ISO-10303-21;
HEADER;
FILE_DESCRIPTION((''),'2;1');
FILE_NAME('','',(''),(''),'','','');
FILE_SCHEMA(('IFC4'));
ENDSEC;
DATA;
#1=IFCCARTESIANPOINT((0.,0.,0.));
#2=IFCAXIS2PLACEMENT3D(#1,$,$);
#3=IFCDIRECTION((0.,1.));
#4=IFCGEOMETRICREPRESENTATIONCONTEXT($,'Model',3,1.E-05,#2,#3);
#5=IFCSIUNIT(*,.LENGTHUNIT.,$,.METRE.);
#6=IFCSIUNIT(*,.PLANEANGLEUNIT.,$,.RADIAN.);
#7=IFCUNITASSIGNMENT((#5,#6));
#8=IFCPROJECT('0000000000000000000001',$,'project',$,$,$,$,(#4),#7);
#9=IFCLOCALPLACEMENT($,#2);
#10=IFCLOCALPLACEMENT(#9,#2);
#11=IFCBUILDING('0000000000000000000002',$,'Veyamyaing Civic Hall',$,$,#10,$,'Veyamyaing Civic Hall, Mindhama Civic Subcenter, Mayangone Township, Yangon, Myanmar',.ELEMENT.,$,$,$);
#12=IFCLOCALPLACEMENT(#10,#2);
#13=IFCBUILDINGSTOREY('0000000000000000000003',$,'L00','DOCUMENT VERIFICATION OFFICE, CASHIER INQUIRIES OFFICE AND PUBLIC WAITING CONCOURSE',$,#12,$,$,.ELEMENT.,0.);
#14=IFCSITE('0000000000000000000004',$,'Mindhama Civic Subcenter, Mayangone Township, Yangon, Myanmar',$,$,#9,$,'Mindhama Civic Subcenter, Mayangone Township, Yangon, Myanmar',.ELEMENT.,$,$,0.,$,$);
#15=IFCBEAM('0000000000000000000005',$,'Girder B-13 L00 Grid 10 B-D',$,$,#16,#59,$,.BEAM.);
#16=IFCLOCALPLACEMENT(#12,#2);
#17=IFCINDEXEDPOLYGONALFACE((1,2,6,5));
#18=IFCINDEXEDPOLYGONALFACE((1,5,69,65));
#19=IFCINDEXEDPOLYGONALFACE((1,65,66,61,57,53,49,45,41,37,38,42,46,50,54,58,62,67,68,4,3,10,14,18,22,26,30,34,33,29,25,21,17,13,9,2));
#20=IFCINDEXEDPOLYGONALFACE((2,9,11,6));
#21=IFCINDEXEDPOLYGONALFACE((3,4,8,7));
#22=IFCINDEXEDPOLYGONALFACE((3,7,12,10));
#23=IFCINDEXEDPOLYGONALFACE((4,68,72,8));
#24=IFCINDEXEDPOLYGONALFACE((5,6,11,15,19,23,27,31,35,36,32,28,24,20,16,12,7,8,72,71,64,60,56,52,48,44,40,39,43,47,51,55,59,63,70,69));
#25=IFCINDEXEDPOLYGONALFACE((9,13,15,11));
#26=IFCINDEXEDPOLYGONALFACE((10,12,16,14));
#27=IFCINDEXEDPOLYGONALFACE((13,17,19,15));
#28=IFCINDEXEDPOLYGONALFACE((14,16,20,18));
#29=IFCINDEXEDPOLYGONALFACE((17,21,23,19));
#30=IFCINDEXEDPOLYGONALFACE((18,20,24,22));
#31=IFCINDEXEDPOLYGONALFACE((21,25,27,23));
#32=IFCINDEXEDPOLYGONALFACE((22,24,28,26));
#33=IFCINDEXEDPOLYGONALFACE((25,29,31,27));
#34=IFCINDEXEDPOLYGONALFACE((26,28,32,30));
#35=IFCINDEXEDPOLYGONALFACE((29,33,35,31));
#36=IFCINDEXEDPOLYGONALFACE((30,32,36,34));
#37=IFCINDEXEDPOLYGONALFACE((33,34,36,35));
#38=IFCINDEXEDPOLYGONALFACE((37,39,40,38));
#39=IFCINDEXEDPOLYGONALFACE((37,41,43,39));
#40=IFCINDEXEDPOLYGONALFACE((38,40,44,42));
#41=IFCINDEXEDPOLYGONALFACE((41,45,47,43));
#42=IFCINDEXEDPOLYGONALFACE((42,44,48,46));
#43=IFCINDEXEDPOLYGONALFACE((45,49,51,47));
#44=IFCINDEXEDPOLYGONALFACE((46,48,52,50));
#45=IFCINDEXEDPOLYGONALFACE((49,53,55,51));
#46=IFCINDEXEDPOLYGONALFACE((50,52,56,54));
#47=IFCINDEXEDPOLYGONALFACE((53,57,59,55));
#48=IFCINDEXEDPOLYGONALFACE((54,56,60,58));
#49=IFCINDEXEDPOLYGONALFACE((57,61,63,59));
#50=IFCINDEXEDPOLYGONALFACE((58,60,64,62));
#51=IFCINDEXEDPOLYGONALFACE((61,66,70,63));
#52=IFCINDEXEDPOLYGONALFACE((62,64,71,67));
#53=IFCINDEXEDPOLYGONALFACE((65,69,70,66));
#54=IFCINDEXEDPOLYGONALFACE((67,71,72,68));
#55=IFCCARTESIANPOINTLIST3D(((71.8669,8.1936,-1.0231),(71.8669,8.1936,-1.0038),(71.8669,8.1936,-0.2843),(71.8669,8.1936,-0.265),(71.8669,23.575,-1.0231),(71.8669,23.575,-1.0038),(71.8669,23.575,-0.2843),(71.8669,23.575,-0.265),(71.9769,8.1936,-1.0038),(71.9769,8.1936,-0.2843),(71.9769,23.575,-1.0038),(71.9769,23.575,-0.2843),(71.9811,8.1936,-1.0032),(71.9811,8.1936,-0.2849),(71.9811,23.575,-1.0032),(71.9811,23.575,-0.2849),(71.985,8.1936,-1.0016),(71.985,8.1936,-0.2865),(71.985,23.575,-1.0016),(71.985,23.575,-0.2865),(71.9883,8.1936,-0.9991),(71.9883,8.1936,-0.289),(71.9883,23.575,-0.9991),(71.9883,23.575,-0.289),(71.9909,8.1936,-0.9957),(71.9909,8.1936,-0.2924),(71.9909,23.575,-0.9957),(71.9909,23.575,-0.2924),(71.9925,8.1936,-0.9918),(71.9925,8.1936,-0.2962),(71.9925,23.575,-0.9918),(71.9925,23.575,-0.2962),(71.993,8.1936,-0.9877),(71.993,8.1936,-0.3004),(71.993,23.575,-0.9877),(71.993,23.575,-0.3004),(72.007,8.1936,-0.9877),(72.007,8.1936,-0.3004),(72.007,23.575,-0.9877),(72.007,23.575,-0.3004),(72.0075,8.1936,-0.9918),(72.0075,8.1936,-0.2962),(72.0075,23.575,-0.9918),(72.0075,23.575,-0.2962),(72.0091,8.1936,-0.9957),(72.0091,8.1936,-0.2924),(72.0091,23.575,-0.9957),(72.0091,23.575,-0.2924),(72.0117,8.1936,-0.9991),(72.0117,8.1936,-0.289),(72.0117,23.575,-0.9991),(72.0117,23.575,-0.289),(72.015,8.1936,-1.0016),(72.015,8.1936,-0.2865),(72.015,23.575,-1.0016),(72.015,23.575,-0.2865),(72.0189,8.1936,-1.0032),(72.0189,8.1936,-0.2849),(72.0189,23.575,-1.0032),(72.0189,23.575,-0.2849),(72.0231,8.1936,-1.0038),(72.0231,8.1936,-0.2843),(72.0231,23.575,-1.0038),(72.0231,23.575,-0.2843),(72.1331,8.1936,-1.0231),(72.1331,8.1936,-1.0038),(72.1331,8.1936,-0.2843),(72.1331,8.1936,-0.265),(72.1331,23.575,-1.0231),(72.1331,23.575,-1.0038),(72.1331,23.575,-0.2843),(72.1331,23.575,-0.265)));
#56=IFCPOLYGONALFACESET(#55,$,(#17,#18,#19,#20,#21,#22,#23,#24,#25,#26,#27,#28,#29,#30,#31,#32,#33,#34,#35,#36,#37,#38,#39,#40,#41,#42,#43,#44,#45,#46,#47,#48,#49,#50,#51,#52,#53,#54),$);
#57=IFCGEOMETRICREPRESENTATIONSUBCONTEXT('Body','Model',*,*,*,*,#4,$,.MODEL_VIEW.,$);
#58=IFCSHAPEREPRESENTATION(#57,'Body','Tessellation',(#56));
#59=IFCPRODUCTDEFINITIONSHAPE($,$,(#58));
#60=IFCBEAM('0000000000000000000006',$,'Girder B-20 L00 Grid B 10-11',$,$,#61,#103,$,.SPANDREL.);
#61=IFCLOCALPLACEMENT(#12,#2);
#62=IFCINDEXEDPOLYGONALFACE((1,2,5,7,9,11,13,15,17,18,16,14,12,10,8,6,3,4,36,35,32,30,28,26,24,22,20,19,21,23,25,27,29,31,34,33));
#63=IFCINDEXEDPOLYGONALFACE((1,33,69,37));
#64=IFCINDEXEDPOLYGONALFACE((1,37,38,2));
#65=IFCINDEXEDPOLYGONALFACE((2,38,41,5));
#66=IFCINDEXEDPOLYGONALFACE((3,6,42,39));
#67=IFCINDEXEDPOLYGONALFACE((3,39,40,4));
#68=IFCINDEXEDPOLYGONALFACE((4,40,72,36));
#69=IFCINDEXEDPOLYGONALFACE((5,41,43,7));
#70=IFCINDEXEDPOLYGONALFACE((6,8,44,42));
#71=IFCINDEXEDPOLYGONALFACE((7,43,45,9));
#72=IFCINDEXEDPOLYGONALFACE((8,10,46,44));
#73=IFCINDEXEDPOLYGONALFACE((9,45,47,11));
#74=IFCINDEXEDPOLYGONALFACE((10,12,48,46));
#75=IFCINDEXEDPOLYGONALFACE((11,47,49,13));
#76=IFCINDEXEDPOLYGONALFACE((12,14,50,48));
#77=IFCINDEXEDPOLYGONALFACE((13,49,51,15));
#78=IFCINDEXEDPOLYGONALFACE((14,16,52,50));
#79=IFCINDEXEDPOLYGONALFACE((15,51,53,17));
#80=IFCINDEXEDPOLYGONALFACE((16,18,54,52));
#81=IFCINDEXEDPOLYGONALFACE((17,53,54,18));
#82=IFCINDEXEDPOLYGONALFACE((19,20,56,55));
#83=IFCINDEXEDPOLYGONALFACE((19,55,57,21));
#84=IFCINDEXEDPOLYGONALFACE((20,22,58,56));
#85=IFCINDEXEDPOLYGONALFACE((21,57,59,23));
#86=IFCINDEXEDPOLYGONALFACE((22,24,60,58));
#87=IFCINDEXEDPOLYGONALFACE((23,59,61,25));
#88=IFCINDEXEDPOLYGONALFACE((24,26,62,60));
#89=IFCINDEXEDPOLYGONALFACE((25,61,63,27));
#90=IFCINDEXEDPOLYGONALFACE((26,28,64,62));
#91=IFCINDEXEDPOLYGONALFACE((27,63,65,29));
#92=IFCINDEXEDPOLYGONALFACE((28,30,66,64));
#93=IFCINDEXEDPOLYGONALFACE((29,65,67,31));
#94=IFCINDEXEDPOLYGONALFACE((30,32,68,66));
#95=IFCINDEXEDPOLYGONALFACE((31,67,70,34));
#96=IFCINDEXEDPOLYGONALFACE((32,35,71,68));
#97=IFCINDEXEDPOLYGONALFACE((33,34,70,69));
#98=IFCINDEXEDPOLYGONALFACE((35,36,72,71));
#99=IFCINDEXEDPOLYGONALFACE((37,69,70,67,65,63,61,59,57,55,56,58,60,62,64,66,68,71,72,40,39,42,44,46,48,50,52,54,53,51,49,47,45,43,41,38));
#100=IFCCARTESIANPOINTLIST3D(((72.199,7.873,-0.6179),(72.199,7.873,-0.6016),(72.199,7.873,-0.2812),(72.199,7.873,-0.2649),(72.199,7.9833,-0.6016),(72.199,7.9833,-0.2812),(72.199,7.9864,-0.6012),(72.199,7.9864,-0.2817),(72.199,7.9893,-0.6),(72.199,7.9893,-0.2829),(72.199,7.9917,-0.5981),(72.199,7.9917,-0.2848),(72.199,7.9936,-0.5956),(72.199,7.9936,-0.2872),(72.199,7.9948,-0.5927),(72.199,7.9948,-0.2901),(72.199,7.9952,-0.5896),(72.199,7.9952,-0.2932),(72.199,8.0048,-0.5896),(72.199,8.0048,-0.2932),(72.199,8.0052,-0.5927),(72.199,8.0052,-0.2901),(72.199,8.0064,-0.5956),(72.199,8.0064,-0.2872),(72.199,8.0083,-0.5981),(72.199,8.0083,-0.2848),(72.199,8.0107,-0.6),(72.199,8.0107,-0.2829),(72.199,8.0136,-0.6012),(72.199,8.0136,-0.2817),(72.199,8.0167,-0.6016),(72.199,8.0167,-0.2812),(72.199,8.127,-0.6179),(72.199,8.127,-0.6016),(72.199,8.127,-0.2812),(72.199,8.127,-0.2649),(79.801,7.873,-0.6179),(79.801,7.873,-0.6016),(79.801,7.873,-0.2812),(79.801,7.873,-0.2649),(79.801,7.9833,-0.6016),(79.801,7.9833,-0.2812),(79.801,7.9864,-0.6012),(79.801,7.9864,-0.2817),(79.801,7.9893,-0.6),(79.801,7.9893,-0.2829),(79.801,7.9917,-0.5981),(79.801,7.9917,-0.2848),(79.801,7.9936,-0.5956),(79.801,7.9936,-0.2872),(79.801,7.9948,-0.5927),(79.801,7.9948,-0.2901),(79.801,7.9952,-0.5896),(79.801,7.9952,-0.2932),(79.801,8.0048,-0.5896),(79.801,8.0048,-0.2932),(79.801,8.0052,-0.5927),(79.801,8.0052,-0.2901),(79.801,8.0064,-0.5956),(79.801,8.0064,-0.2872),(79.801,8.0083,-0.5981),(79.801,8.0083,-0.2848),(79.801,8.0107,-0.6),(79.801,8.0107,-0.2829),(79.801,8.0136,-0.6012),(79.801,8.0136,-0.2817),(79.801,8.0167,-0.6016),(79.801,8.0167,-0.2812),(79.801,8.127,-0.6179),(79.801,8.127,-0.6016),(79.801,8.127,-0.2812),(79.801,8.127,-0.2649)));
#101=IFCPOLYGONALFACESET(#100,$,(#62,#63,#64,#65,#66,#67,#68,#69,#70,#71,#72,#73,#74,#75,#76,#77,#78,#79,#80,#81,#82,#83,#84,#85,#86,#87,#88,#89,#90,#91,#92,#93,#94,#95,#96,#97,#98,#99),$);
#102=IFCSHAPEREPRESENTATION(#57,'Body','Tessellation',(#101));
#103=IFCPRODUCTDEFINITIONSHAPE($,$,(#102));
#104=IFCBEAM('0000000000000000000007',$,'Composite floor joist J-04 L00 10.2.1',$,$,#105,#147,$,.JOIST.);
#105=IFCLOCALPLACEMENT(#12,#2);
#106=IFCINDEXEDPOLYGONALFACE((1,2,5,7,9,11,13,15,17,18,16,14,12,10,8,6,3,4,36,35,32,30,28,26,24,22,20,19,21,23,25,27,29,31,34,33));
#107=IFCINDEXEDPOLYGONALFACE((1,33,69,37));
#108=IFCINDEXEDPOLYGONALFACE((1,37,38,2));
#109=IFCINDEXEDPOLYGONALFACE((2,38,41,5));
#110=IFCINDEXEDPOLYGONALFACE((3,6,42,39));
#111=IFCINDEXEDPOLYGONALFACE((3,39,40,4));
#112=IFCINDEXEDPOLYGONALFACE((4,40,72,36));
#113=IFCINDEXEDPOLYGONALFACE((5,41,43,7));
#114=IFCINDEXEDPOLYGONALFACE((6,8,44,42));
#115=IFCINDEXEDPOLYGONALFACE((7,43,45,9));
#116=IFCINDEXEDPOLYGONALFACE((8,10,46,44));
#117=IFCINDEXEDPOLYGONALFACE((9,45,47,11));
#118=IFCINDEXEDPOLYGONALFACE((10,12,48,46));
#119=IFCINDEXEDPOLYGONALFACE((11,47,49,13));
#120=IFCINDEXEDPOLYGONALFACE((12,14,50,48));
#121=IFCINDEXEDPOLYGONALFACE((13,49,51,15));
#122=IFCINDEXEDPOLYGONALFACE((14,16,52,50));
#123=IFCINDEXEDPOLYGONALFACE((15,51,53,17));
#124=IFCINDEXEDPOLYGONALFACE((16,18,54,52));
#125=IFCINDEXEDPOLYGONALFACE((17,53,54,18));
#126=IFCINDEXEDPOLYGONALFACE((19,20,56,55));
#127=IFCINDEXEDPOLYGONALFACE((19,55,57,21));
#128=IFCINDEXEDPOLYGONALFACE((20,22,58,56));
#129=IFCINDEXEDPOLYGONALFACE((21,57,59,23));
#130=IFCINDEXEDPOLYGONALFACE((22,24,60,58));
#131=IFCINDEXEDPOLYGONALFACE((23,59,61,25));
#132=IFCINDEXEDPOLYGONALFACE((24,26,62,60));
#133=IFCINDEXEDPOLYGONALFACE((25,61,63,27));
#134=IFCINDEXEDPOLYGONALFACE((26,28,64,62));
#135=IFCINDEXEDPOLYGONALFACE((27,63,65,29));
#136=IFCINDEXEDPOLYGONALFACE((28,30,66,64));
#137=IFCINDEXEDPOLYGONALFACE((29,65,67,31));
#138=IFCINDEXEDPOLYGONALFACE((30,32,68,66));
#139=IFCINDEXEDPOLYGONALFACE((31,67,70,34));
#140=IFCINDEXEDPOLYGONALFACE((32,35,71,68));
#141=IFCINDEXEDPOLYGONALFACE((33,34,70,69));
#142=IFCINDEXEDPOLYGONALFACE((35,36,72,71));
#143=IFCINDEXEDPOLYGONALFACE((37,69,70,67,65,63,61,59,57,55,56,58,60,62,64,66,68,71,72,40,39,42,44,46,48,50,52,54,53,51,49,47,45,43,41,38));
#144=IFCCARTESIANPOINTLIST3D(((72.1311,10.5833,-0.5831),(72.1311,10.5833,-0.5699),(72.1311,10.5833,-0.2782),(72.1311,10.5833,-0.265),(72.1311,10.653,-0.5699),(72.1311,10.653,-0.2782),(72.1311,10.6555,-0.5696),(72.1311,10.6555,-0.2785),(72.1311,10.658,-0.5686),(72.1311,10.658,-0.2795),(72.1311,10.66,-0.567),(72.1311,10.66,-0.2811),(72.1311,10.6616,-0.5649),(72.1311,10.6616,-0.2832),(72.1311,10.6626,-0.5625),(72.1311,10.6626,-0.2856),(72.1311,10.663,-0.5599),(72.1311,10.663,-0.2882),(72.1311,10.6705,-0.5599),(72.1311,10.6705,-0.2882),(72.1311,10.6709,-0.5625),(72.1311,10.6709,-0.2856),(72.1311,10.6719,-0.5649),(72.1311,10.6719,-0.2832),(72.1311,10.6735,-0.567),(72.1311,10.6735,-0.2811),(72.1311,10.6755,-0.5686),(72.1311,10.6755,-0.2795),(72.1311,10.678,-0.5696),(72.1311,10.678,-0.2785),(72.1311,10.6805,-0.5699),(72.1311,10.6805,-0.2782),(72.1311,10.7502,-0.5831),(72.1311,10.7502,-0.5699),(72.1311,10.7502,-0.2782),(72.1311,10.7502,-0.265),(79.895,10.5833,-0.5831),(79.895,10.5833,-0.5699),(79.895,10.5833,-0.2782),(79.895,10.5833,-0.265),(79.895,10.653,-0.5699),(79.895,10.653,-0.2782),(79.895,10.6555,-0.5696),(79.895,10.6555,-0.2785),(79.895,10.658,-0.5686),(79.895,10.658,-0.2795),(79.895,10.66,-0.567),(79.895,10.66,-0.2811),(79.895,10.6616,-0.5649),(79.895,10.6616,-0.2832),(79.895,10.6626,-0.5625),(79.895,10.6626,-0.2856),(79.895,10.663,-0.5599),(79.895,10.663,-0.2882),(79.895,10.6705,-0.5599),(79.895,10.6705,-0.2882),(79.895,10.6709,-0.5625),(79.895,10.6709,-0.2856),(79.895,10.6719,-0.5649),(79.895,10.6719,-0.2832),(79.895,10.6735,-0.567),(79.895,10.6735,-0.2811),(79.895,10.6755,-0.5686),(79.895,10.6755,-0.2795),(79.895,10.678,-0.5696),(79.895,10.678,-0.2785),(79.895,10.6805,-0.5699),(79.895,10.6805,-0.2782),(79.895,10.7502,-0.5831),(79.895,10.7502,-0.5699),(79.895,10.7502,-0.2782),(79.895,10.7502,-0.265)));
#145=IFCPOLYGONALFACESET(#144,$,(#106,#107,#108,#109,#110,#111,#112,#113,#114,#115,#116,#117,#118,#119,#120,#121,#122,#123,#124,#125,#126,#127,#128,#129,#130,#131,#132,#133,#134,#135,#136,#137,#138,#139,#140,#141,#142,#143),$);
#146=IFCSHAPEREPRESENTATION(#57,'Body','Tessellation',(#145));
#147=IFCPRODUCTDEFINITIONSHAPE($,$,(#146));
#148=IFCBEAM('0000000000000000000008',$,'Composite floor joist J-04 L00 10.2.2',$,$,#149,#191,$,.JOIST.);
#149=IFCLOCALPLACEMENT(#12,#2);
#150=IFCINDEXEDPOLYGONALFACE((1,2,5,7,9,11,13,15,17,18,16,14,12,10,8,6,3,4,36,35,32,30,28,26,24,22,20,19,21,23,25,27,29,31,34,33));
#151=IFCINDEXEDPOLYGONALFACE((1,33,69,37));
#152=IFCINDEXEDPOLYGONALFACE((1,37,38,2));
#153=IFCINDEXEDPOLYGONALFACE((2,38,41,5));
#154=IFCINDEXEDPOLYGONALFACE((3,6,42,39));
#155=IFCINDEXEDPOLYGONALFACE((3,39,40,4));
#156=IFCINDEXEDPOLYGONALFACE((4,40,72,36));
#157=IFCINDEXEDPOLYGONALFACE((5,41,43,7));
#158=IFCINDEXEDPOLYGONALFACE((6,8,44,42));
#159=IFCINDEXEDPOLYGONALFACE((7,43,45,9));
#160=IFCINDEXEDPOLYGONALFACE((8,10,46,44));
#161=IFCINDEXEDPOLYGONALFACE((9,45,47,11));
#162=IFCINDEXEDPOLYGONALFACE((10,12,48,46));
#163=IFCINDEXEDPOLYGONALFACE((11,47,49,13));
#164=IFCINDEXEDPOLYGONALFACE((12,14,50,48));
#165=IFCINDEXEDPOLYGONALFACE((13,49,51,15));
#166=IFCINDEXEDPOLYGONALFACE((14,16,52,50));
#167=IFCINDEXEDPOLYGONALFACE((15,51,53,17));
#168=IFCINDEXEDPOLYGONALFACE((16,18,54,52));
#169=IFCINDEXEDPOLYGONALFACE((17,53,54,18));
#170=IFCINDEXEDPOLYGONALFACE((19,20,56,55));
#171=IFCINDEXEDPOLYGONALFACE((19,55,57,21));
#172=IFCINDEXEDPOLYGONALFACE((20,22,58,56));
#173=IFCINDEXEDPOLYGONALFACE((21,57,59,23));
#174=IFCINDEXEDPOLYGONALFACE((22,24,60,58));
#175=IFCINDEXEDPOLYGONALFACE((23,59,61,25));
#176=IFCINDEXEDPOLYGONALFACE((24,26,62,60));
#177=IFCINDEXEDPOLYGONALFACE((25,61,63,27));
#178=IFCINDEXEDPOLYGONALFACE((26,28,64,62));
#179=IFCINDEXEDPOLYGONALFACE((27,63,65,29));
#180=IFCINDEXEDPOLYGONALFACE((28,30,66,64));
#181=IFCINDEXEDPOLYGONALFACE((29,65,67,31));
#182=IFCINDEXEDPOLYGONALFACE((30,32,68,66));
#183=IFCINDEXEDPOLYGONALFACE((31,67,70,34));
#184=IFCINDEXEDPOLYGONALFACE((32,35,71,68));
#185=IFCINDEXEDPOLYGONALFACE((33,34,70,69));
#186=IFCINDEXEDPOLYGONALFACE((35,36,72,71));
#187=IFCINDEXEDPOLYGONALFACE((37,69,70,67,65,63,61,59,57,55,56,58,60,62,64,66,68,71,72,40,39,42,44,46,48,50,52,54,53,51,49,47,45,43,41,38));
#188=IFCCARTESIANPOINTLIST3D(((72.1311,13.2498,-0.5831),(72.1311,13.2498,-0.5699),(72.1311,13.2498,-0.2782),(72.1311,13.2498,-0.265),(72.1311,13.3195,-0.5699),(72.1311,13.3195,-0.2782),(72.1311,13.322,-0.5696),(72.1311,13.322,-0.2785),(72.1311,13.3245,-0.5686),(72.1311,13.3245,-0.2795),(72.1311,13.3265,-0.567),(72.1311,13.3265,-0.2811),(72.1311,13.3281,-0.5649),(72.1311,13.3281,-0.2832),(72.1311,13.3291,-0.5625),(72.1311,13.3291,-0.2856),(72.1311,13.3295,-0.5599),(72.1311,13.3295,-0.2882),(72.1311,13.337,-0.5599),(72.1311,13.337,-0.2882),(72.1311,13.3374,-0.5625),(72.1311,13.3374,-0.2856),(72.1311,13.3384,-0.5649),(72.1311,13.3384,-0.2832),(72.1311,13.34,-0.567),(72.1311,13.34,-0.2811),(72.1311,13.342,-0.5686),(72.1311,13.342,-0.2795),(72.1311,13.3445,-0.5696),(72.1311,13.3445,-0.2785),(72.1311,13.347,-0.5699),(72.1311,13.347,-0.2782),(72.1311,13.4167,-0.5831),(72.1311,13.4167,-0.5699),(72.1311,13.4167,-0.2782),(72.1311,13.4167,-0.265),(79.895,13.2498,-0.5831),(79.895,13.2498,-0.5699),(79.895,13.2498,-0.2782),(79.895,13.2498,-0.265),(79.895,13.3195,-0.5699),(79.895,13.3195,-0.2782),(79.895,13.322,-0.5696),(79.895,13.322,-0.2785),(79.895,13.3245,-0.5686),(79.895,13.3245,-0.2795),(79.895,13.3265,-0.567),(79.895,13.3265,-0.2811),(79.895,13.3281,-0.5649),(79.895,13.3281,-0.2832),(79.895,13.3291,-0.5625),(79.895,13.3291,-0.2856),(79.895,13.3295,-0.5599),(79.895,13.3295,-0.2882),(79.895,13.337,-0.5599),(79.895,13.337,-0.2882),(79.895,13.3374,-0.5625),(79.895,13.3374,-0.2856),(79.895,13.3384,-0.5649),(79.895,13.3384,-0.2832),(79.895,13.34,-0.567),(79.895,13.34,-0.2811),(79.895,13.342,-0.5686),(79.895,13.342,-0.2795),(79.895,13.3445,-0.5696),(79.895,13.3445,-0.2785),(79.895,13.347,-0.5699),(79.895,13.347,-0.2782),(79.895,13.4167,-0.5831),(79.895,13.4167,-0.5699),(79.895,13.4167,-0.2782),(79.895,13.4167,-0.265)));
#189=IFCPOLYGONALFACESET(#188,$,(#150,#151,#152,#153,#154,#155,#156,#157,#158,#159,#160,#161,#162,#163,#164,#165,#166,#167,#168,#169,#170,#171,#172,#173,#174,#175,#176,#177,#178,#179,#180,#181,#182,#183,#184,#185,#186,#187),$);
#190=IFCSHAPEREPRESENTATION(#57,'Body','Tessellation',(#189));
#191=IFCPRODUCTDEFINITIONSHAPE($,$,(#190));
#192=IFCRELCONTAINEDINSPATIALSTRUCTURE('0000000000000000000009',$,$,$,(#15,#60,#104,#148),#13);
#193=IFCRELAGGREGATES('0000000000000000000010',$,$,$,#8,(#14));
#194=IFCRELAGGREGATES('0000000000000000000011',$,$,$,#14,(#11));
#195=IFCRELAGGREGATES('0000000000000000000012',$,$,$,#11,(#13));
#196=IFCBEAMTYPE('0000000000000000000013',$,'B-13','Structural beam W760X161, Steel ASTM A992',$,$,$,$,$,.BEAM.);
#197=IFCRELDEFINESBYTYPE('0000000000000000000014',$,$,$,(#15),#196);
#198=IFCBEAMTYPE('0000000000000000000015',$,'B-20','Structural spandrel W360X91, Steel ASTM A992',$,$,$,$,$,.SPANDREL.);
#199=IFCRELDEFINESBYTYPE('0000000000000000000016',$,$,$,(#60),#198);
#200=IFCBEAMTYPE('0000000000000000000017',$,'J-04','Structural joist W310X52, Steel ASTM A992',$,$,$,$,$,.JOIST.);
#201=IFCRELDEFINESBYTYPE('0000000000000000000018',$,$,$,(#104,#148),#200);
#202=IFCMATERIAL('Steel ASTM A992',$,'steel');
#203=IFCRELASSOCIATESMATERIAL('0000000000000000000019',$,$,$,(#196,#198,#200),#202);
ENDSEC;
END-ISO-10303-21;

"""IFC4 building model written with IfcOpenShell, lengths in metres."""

from ifc_helpers import new_model, si_unit, direction, frame, origin, origin_2d, place, context, subcontext, project, spatial, i_section, extrude, material, material_profile, profile_set, type_object, element, save


model = new_model("IFC4")

# Units and contexts
model_context = context("Model", 3, precision=1e-05, world=origin(), true_north=direction((0.0, 1.0)))
body_context = subcontext(model_context, "Body", "Model", "MODEL_VIEW")
ifc_project = project(units=[si_unit("LENGTHUNIT", "METRE"), si_unit("PLANEANGLEUNIT", "RADIAN")], contexts=[model_context])

# Site, building, storey
site_placement = place(None, origin())
site = spatial("IfcSite", under=ifc_project, at=site_placement, Name="Mindhama Civic Subcenter, Mayangone Township, Yangon, Myanmar", LongName="Mindhama Civic Subcenter, Mayangone Township, Yangon, Myanmar", CompositionType="ELEMENT", RefElevation=0.0)
building_placement = place(site_placement, origin())
building = spatial("IfcBuilding", under=site, at=building_placement, Name="Veyamyaing Civic Hall", LongName="Veyamyaing Civic Hall, Mindhama Civic Subcenter, Mayangone Township, Yangon, Myanmar", CompositionType="ELEMENT")
storey_placement = place(building_placement, origin())
storey = spatial("IfcBuildingStorey", under=building, at=storey_placement, Name="L00", Description="DOCUMENT VERIFICATION OFFICE, CASHIER INQUIRIES OFFICE AND PUBLIC WAITING CONCOURSE", CompositionType="ELEMENT", Elevation=0.0)

# Beams
ifc_material_1 = material(Name="Steel ASTM A992", Category="steel")
ifc_material_profile_1 = material_profile(ifc_material_1, i_section(OverallWidth=0.2661, OverallDepth=0.7581, WebThickness=0.0139, FlangeThickness=0.0193, FilletRadius=0.0161, at=origin_2d()), Name="W760X161")
ifc_profile_set_1 = profile_set([ifc_material_profile_1], Name="Steel ASTM A992")
beam_type_1 = type_object("IfcBeamType", Name="B-13", Description="Structural beam W760X161, Steel ASTM A992", PredefinedType="BEAM", material=ifc_profile_set_1)
beam_1_placement = place(storey_placement, frame((72.0, 8.1936, -0.644), z_axis=(0.0, 1.0, 0.0), x_axis=(-1.0, 0.0, 0.0)))
element("IfcBeam", 1, at=beam_1_placement, inside=storey, type_object=beam_type_1, Name="Girder B-13 L00 Grid 10 B-D", PredefinedType="BEAM", context=body_context, shape_type="SweptSolid", body=[
    extrude(i_section(OverallWidth=0.2661, OverallDepth=0.7581, WebThickness=0.0139, FlangeThickness=0.0193, FilletRadius=0.0161, at=origin_2d()), origin(), (0.0, 0.0, 1.0), 15.3813),
])
ifc_material_profile_2 = material_profile(ifc_material_1, i_section(OverallWidth=0.2539, OverallDepth=0.353, WebThickness=0.0095, FlangeThickness=0.0164, FilletRadius=0.012, at=origin_2d()), Name="W360X91")
ifc_profile_set_2 = profile_set([ifc_material_profile_2], Name="Steel ASTM A992")
beam_type_2 = type_object("IfcBeamType", Name="B-20", Description="Structural spandrel W360X91, Steel ASTM A992", PredefinedType="SPANDREL", material=ifc_profile_set_2)
beam_2_placement = place(storey_placement, frame((72.199, 8.0, -0.4414), z_axis=(1.0, 0.0, 0.0), x_axis=(0.0, 1.0, 0.0)))
element("IfcBeam", 2, at=beam_2_placement, inside=storey, type_object=beam_type_2, Name="Girder B-20 L00 Grid B 10-11", PredefinedType="SPANDREL", context=body_context, shape_type="SweptSolid", body=[
    extrude(i_section(OverallWidth=0.2539, OverallDepth=0.353, WebThickness=0.0095, FlangeThickness=0.0164, FilletRadius=0.012, at=origin_2d()), origin(), (0.0, 0.0, 1.0), 7.6021),
])
ifc_material_profile_3 = material_profile(ifc_material_1, i_section(OverallWidth=0.167, OverallDepth=0.3181, WebThickness=0.0076, FlangeThickness=0.0132, FilletRadius=0.01, at=origin_2d()), Name="W310X52")
ifc_profile_set_3 = profile_set([ifc_material_profile_3], Name="Steel ASTM A992")
beam_type_3 = type_object("IfcBeamType", Name="J-04", Description="Structural joist W310X52, Steel ASTM A992", PredefinedType="JOIST", material=ifc_profile_set_3)
for number, where, z_axis, x_axis, name in (
    (3, (72.1311, 10.6667, -0.4241), (1.0, 0.0, 0.0), (0.0, 1.0, 0.0), "Composite floor joist J-04 L00 10.2.1"),
    (4, (72.1311, 13.3333, -0.4241), (1.0, 0.0, 0.0), (0.0, 1.0, 0.0), "Composite floor joist J-04 L00 10.2.2"),
):
    element("IfcBeam", number, at=place(storey_placement, frame(where, z_axis=z_axis, x_axis=x_axis)), inside=storey, type_object=beam_type_3, Name=name, PredefinedType="JOIST", context=body_context, shape_type="SweptSolid", body=[
        extrude(i_section(OverallWidth=0.167, OverallDepth=0.3181, WebThickness=0.0076, FlangeThickness=0.0132, FilletRadius=0.01, at=origin_2d()), origin(), (0.0, 0.0, 1.0), 7.7639),
    ])

save(model, "model.ifc")
